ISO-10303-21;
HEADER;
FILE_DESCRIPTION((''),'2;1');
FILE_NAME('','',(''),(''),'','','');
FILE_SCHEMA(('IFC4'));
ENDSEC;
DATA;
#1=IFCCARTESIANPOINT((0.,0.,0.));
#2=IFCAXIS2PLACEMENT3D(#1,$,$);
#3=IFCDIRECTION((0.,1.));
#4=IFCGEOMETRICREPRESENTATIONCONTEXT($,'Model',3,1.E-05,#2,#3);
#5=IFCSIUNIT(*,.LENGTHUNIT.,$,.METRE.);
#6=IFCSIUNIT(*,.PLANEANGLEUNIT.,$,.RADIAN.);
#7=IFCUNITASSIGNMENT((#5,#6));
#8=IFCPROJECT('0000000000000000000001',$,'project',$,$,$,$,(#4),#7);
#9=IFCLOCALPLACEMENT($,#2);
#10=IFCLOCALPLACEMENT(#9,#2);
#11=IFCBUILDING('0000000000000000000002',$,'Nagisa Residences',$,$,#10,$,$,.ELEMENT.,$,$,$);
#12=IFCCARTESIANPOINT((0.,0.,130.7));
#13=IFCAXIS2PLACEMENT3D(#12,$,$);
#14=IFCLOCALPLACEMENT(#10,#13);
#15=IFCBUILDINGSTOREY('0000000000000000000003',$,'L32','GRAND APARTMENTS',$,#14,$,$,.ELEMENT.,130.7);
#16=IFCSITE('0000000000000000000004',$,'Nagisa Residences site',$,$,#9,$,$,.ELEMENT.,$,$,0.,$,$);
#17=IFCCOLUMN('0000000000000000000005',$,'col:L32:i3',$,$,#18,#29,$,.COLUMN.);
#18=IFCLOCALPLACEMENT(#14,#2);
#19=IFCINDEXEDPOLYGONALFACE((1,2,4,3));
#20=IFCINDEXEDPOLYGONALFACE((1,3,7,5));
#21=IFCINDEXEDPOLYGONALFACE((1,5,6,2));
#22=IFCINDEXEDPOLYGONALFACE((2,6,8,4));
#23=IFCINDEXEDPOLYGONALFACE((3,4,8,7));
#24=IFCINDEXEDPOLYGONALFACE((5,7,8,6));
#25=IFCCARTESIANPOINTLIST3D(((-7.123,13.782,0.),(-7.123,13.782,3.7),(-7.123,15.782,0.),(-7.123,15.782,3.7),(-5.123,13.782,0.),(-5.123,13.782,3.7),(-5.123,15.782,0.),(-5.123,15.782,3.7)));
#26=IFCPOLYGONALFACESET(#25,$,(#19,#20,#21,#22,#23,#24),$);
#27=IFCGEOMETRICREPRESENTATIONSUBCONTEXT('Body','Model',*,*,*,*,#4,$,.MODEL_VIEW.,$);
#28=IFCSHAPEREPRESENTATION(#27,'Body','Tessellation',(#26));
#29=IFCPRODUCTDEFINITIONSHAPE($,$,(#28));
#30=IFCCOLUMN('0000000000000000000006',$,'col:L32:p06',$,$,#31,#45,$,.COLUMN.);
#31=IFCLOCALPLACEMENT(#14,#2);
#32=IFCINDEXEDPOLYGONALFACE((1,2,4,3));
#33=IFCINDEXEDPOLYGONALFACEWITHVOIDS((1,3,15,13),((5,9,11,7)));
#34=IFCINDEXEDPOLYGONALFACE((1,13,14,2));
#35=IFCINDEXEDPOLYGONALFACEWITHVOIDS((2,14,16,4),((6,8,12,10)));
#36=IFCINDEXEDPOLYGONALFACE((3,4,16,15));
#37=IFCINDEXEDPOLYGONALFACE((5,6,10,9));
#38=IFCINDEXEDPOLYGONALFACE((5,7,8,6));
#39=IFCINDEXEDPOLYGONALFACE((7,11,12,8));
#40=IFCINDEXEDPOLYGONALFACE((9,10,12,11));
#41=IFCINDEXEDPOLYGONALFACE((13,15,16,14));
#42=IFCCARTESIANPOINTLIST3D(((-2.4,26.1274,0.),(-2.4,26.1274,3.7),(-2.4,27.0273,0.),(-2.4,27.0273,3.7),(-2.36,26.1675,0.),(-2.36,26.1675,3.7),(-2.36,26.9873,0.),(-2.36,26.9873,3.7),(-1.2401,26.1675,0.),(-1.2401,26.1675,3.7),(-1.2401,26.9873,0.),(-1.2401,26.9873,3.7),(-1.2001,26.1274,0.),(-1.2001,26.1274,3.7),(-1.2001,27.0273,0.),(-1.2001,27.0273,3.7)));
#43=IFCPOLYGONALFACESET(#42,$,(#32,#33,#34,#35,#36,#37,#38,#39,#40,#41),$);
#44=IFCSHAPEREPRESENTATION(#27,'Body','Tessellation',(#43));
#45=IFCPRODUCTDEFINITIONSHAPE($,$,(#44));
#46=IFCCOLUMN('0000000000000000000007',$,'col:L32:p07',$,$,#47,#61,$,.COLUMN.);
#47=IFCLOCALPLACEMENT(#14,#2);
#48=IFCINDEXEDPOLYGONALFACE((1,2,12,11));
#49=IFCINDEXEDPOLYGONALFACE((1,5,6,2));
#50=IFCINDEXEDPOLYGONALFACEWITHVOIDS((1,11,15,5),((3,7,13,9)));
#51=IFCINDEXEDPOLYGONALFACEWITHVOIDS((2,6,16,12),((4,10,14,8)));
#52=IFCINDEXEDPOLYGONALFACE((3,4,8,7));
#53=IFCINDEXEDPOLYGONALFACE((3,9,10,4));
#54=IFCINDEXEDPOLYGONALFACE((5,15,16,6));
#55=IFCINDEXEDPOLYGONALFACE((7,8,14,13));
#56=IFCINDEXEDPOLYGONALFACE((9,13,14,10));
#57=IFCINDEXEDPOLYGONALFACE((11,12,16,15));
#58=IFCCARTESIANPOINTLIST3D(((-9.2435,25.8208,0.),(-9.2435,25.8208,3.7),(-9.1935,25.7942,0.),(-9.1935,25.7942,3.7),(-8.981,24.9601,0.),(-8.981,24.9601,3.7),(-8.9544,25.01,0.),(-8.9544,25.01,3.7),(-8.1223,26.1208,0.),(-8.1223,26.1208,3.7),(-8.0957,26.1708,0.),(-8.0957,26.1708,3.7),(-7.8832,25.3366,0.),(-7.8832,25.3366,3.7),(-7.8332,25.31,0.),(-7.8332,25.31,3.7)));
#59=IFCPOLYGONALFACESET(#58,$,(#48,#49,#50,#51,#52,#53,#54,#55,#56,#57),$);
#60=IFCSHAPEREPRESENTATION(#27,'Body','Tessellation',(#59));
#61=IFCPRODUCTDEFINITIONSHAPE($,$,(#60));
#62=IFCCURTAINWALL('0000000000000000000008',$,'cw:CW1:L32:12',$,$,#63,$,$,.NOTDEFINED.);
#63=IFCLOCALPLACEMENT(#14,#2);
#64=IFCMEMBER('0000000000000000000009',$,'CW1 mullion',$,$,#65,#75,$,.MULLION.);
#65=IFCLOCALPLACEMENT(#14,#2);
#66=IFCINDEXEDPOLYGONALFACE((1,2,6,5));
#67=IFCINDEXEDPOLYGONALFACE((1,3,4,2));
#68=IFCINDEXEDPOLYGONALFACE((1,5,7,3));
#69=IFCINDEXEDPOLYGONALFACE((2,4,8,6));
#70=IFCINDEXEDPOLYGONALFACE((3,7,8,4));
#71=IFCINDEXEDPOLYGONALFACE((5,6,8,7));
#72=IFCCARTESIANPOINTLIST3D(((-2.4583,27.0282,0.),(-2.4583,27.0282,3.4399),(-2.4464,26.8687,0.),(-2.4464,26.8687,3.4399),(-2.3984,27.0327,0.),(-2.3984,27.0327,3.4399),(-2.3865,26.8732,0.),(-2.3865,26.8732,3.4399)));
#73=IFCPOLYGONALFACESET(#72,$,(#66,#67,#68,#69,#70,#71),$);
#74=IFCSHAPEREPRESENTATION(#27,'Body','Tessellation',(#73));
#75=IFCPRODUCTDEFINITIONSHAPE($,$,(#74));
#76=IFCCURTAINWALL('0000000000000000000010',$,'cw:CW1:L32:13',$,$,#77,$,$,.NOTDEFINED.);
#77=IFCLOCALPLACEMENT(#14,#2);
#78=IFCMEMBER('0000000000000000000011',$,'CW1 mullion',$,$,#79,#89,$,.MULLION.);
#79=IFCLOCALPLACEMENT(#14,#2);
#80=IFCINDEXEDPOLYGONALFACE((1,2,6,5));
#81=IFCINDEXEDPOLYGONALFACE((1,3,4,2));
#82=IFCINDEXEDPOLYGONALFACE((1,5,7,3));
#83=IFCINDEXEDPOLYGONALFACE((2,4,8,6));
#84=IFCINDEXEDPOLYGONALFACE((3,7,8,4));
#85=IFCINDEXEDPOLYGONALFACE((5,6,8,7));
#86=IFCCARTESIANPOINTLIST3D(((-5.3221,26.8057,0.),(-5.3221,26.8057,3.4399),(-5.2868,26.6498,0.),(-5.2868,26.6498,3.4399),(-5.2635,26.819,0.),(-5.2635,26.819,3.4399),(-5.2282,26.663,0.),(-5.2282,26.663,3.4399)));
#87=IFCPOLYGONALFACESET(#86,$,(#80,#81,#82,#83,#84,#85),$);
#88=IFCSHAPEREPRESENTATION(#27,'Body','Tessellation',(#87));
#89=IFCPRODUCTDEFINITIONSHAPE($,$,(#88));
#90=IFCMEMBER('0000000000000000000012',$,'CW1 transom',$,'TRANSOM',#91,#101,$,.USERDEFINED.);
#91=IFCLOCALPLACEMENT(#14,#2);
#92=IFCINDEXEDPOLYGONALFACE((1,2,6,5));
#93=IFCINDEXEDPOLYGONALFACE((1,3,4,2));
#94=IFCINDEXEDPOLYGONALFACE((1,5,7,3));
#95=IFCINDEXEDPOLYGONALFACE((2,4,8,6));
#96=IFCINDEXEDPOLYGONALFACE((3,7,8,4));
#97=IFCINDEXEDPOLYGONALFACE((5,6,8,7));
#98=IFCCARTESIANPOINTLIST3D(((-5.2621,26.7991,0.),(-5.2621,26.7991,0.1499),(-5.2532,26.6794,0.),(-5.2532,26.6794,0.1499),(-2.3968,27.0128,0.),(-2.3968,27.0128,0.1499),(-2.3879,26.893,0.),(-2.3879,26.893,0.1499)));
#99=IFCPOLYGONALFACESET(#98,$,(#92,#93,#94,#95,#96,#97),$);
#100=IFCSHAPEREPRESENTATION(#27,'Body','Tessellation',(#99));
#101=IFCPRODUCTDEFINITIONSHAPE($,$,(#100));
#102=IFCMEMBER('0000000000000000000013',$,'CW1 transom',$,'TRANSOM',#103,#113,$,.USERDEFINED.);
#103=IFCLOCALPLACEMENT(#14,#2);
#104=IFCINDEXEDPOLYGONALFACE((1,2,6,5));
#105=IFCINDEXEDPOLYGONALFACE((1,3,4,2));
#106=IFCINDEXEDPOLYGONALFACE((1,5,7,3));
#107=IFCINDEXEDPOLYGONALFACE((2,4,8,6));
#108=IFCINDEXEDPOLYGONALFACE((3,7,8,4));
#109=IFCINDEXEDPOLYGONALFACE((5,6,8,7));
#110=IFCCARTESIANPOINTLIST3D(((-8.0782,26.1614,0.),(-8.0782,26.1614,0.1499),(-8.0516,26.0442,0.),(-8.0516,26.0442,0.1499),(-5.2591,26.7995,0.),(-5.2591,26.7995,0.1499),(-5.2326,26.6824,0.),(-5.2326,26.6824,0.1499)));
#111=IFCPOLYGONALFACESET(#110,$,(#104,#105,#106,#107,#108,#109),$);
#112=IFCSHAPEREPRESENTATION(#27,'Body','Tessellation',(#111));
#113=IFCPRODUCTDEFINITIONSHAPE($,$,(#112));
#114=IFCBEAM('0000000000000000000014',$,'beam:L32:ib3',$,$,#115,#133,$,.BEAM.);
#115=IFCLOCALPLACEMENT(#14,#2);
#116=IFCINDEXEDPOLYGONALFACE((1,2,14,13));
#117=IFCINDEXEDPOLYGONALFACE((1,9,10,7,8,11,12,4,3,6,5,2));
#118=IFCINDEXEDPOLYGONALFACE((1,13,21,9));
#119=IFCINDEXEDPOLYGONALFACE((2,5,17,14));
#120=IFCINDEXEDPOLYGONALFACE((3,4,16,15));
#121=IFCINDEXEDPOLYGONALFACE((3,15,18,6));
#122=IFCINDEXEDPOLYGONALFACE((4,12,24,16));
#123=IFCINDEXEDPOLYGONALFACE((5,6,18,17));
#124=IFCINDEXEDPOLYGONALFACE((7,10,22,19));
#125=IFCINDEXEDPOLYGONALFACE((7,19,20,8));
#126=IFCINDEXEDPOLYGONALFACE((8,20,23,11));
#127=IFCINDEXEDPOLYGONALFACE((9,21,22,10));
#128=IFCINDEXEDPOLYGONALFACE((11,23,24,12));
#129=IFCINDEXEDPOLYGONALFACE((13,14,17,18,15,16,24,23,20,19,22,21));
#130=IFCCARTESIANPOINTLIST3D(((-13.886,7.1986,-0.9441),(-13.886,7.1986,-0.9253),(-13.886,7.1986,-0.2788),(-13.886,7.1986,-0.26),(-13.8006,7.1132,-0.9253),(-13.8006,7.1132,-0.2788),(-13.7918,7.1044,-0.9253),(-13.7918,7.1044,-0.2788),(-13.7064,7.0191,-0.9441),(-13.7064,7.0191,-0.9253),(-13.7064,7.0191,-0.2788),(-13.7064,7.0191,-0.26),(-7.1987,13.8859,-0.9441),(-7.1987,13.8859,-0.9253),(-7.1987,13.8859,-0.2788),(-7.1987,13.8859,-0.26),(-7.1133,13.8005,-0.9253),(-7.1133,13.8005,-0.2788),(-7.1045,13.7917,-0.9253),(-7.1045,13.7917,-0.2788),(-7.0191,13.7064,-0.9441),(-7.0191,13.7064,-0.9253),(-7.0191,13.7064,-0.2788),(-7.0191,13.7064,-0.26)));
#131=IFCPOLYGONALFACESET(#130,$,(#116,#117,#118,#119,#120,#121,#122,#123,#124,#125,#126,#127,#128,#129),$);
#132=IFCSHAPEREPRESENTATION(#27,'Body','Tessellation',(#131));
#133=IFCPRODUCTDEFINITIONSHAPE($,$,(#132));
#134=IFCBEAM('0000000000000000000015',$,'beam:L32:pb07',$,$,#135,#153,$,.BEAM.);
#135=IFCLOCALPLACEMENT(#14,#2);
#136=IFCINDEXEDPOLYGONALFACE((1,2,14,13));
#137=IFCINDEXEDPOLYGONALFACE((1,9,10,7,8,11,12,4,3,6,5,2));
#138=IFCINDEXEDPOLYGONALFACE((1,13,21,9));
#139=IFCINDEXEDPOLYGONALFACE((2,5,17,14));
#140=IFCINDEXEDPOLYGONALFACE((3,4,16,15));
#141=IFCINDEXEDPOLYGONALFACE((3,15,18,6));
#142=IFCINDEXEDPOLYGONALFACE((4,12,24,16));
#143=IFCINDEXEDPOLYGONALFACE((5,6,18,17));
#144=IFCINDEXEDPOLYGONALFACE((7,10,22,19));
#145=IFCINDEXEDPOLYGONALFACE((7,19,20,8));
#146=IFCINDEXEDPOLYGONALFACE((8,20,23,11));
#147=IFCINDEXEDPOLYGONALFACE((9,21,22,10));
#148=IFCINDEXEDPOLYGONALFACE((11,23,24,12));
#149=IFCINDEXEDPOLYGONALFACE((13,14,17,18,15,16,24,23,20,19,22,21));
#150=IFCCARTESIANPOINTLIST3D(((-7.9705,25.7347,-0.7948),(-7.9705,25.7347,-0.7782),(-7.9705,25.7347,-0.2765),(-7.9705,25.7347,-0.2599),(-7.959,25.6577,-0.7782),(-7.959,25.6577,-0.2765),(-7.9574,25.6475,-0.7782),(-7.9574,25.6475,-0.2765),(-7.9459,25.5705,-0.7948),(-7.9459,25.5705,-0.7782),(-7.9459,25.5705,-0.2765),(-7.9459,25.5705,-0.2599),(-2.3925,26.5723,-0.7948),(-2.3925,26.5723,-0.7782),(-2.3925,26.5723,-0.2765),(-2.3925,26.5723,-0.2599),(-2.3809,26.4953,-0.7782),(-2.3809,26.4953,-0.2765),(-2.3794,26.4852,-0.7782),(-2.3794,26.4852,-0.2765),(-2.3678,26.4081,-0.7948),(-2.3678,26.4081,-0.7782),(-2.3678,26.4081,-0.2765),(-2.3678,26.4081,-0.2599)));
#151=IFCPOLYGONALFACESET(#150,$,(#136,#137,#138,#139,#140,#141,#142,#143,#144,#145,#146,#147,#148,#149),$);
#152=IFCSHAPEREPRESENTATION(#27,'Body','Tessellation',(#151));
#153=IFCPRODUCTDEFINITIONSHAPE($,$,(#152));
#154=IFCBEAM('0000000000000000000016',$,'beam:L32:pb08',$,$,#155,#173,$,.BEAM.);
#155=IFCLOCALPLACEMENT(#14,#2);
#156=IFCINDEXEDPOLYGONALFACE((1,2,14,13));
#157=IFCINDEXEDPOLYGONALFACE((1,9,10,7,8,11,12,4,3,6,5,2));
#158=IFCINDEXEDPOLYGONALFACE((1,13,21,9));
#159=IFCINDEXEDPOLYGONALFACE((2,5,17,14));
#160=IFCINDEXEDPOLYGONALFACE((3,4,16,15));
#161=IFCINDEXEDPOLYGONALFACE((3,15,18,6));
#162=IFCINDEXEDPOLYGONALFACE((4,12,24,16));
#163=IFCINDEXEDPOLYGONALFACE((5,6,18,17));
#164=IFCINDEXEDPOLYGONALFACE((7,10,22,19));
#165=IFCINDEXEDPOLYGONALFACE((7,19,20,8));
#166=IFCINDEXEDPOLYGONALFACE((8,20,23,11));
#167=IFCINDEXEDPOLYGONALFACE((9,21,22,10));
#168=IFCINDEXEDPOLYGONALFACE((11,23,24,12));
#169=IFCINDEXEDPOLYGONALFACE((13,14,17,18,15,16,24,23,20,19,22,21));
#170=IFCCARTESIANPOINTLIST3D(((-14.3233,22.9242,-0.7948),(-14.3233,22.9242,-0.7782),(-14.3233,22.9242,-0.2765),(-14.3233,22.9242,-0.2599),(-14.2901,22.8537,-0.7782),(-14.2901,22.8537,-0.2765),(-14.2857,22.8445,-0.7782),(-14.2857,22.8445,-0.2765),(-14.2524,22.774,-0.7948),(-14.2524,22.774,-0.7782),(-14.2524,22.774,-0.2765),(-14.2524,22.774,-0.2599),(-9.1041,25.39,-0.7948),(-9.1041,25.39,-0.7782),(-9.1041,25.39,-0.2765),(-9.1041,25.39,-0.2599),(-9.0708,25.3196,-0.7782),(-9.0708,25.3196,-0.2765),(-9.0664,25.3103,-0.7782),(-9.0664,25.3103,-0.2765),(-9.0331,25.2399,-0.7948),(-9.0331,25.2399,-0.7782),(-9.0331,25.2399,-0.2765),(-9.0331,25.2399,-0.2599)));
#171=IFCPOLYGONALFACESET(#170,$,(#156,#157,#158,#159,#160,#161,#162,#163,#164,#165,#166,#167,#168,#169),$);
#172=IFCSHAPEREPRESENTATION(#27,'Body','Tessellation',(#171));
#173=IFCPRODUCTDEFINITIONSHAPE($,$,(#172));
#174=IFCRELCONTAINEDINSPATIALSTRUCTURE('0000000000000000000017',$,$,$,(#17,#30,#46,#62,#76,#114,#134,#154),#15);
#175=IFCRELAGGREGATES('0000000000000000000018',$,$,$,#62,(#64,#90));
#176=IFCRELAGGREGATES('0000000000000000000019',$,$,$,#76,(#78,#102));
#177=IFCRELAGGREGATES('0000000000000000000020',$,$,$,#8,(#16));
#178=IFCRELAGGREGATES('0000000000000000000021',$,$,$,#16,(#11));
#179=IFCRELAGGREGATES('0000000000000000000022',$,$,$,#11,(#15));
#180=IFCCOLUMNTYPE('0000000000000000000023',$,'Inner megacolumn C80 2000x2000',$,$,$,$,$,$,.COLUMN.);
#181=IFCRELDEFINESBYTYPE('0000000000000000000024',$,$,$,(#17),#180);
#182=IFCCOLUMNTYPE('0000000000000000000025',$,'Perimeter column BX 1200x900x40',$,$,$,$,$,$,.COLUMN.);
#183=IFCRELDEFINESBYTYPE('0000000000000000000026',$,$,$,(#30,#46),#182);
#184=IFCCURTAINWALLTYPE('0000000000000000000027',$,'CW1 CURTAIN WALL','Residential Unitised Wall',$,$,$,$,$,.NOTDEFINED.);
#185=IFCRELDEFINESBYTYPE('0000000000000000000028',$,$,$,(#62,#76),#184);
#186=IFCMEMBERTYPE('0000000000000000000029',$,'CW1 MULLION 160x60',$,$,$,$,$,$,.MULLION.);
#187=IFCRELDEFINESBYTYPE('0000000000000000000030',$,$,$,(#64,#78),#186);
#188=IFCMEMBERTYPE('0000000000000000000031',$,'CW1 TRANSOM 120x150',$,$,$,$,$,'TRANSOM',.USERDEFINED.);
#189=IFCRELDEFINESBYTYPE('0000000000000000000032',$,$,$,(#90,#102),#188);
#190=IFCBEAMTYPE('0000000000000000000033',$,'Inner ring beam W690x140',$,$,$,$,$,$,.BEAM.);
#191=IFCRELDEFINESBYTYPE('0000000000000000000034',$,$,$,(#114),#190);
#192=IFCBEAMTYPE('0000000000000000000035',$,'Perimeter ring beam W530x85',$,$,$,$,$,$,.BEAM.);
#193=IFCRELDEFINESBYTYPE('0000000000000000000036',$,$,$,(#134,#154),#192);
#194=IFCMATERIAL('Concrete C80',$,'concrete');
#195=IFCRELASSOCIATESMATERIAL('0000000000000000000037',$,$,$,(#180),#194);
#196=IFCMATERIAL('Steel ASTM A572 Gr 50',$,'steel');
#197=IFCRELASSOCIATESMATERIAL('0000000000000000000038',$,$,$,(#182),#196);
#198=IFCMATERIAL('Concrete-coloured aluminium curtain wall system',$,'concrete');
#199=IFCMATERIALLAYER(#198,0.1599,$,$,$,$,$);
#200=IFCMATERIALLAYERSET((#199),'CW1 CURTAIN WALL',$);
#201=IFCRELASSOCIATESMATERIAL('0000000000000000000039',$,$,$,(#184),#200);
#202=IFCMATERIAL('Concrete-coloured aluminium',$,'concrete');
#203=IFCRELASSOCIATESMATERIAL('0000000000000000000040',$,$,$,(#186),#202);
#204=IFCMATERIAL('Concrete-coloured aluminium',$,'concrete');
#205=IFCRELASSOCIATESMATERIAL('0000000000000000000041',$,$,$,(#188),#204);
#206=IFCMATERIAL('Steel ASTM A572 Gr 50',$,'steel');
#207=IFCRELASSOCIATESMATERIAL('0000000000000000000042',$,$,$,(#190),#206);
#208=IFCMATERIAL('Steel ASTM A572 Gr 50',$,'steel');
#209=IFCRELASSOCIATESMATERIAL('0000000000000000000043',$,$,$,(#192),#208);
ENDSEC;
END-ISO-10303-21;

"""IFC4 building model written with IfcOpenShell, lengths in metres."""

from ifc_helpers import new_model, si_unit, direction, frame, origin, origin_2d, place, context, subcontext, project, spatial, rectangle, hollow_rectangle, i_section, extrude, material, layer, layer_set, material_profile, profile_set, type_object, element, aggregate, save


model = new_model("IFC4")

# Units and contexts
model_context = context("Model", 3, precision=1e-05, world=origin(), true_north=direction((0.0, 1.0)))
body_context = subcontext(model_context, "Body", "Model", "MODEL_VIEW")
ifc_project = project(units=[si_unit("LENGTHUNIT", "METRE"), si_unit("PLANEANGLEUNIT", "RADIAN")], contexts=[model_context])

# Site, building, storey
site_placement = place(None, origin())
site = spatial("IfcSite", under=ifc_project, at=site_placement, Name="Nagisa Residences site", CompositionType="ELEMENT", RefElevation=0.0)
building_placement = place(site_placement, origin())
building = spatial("IfcBuilding", under=site, at=building_placement, Name="Nagisa Residences", CompositionType="ELEMENT")
storey_placement = place(building_placement, frame((0.0, 0.0, 130.7)))
storey = spatial("IfcBuildingStorey", under=building, at=storey_placement, Name="L32", Description="GRAND APARTMENTS", CompositionType="ELEMENT", Elevation=130.7)

# Columns
ifc_material_1 = material(Name="Concrete C80", Category="concrete")
ifc_material_profile_1 = material_profile(ifc_material_1, rectangle(XDim=2.0, YDim=2.0, at=origin_2d()), Name="C80 2000x2000")
ifc_profile_set_1 = profile_set([ifc_material_profile_1], Name="Concrete C80")
column_type_1 = type_object("IfcColumnType", Name="Inner megacolumn C80 2000x2000", PredefinedType="COLUMN", material=ifc_profile_set_1)
column_placement = place(storey_placement, frame((-6.123, 14.782, 0.0), z_axis=(0.0, 0.0, 1.0), x_axis=(1.0, 0.0, 0.0)))
element("IfcColumn", 1, at=column_placement, inside=storey, type_object=column_type_1, Name="col:L32:i3", PredefinedType="COLUMN", context=body_context, shape_type="SweptSolid", body=[
    extrude(rectangle(XDim=2.0, YDim=2.0, at=origin_2d()), origin(), (0.0, 0.0, 1.0), 3.7),
])
ifc_material_2 = material(Name="Steel ASTM A572 Gr 50", Category="steel")
ifc_material_profile_2 = material_profile(ifc_material_2, hollow_rectangle(XDim=1.2, YDim=0.8999, WallThickness=0.04, at=origin_2d()), Name="BX 1200x900x40")
ifc_profile_set_2 = profile_set([ifc_material_profile_2], Name="Steel ASTM A572 Gr 50")
column_type_2 = type_object("IfcColumnType", Name="Perimeter column BX 1200x900x40", PredefinedType="COLUMN", material=ifc_profile_set_2)
for number, where, z_axis, x_axis, name in (
    (2, (-1.8, 26.5774, 0.0), (0.0, 0.0, 1.0), (-1.0, 0.0, 0.0), "col:L32:p06"),
    (3, (-8.5383, 25.5654, 0.0), (0.0, 0.0, 1.0), (-0.956525, -0.291652, 0.0), "col:L32:p07"),
):
    element("IfcColumn", number, at=place(storey_placement, frame(where, z_axis=z_axis, x_axis=x_axis)), inside=storey, type_object=column_type_2, Name=name, PredefinedType="COLUMN", context=body_context, shape_type="SweptSolid", body=[
        extrude(hollow_rectangle(XDim=1.2, YDim=0.8999, WallThickness=0.04, at=origin_2d()), origin(), (0.0, 0.0, 1.0), 3.7),
    ])

# Curtain walls, members
ifc_material_3 = material(Name="Concrete-coloured aluminium curtain wall system", Category="concrete")
ifc_layer_1 = layer(ifc_material_3, 0.1599)
ifc_layer_set_1 = layer_set([ifc_layer_1], Name="CW1 CURTAIN WALL")
curtain_wall_type = type_object("IfcCurtainWallType", Name="CW1 CURTAIN WALL", Description="Residential Unitised Wall", PredefinedType="NOTDEFINED", material=ifc_layer_set_1)
curtain_wall_1_placement = place(storey_placement, origin())
curtain_wall_1 = element("IfcCurtainWall", 4, at=curtain_wall_1_placement, inside=storey, type_object=curtain_wall_type, Name="cw:CW1:L32:12", PredefinedType="NOTDEFINED")
ifc_material_4 = material(Name="Concrete-coloured aluminium", Category="concrete")
ifc_material_profile_3 = material_profile(ifc_material_4, rectangle(XDim=0.1599, YDim=0.0601, at=origin_2d()), Name="CW1 MULLION 160x60")
ifc_profile_set_3 = profile_set([ifc_material_profile_3], Name="Concrete-coloured aluminium")
member_type_1 = type_object("IfcMemberType", Name="CW1 MULLION 160x60", PredefinedType="MULLION", material=ifc_profile_set_3)
member_1_placement = place(storey_placement, frame((-2.4224, 26.9507, 0.0), z_axis=(0.0, 0.0, 1.0), x_axis=(0.074377, -0.99723, 0.0)))
member_1 = element("IfcMember", 5, at=member_1_placement, type_object=member_type_1, Name="CW1 mullion", PredefinedType="MULLION", context=body_context, shape_type="SweptSolid", body=[
    extrude(rectangle(XDim=0.1599, YDim=0.0601, at=origin_2d()), origin(), (0.0, 0.0, 1.0), 3.4399),
])
curtain_wall_2_placement = place(storey_placement, origin())
curtain_wall_2 = element("IfcCurtainWall", 6, at=curtain_wall_2_placement, inside=storey, type_object=curtain_wall_type, Name="cw:CW1:L32:13", PredefinedType="NOTDEFINED")
member_2_placement = place(storey_placement, frame((-5.2751, 26.7344, 0.0), z_axis=(0.0, 0.0, 1.0), x_axis=(0.220764, -0.975327, 0.0)))
member_2 = element("IfcMember", 7, at=member_2_placement, type_object=member_type_1, Name="CW1 mullion", PredefinedType="MULLION", context=body_context, shape_type="SweptSolid", body=[
    extrude(rectangle(XDim=0.1599, YDim=0.0601, at=origin_2d()), origin(), (0.0, 0.0, 1.0), 3.4399),
])

# Members
ifc_material_5 = material(Name="Concrete-coloured aluminium", Category="concrete")
ifc_material_profile_4 = material_profile(ifc_material_5, rectangle(XDim=0.1201, YDim=0.1499, at=origin_2d()), Name="CW1 TRANSOM 120x150")
ifc_profile_set_4 = profile_set([ifc_material_profile_4], Name="Concrete-coloured aluminium")
member_type_2 = type_object("IfcMemberType", Name="CW1 TRANSOM 120x150", ElementType="TRANSOM", PredefinedType="USERDEFINED", material=ifc_profile_set_4)
member_3_placement = place(storey_placement, frame((-2.3923, 26.9529, 0.075), z_axis=(-0.997232, -0.074351, 0.0), x_axis=(0.074351, -0.997232, 0.0)))
member_3 = element("IfcMember", 8, at=member_3_placement, type_object=member_type_2, Name="CW1 transom", ObjectType="TRANSOM", PredefinedType="USERDEFINED", context=body_context, shape_type="SweptSolid", body=[
    extrude(rectangle(XDim=0.1201, YDim=0.1499, at=origin_2d()), origin(), (0.0, 0.0, 1.0), 2.8733),
])
member_4_placement = place(storey_placement, frame((-5.2458, 26.741, 0.075), z_axis=(-0.975321, -0.220792, 0.0), x_axis=(0.220792, -0.975321, 0.0)))
member_4 = element("IfcMember", 9, at=member_4_placement, type_object=member_type_2, Name="CW1 transom", ObjectType="TRANSOM", PredefinedType="USERDEFINED", context=body_context, shape_type="SweptSolid", body=[
    extrude(rectangle(XDim=0.1201, YDim=0.1499, at=origin_2d()), origin(), (0.0, 0.0, 1.0), 2.8904),
])

# Beams
ifc_material_6 = material(Name="Steel ASTM A572 Gr 50", Category="steel")
ifc_material_profile_5 = material_profile(ifc_material_6, i_section(OverallWidth=0.2539, OverallDepth=0.6841, WebThickness=0.0125, FlangeThickness=0.0188, at=origin_2d()), Name="W690x140")
ifc_profile_set_5 = profile_set([ifc_material_profile_5], Name="Steel ASTM A572 Gr 50")
beam_type_1 = type_object("IfcBeamType", Name="Inner ring beam W690x140", PredefinedType="BEAM", material=ifc_profile_set_5)
beam_1_placement = place(storey_placement, frame((-7.1089, 13.7961, -0.6021), z_axis=(-0.707107, -0.707107, 0.0), x_axis=(0.707107, -0.707107, 0.0)))
element("IfcBeam", 10, at=beam_1_placement, inside=storey, type_object=beam_type_1, Name="beam:L32:ib3", PredefinedType="BEAM", context=body_context, shape_type="SweptSolid", body=[
    extrude(i_section(OverallWidth=0.2539, OverallDepth=0.6841, WebThickness=0.0125, FlangeThickness=0.0188, at=origin_2d()), origin(), (0.0, 0.0, 1.0), 9.4573),
])
ifc_material_7 = material(Name="Steel ASTM A572 Gr 50", Category="steel")
ifc_material_profile_6 = material_profile(ifc_material_7, i_section(OverallWidth=0.166, OverallDepth=0.5349, WebThickness=0.0103, FlangeThickness=0.0166, at=origin_2d()), Name="W530x85")
ifc_profile_set_6 = profile_set([ifc_material_profile_6], Name="Steel ASTM A572 Gr 50")
beam_type_2 = type_object("IfcBeamType", Name="Perimeter ring beam W530x85", PredefinedType="BEAM", material=ifc_profile_set_6)
beam_2_placement = place(storey_placement, frame((-2.3801, 26.4902, -0.5273), z_axis=(-0.988912, -0.148501, 0.0), x_axis=(0.148501, -0.988912, 0.0)))
element("IfcBeam", 11, at=beam_2_placement, inside=storey, type_object=beam_type_2, Name="beam:L32:pb07", PredefinedType="BEAM", context=body_context, shape_type="SweptSolid", body=[
    extrude(i_section(OverallWidth=0.166, OverallDepth=0.5349, WebThickness=0.0103, FlangeThickness=0.0166, at=origin_2d()), origin(), (0.0, 0.0, 1.0), 5.6406),
])
beam_3_placement = place(storey_placement, frame((-9.0686, 25.3149, -0.5273), z_axis=(-0.90417, -0.427173, 0.0), x_axis=(0.427173, -0.90417, 0.0)))
element("IfcBeam", 12, at=beam_3_placement, inside=storey, type_object=beam_type_2, Name="beam:L32:pb08", PredefinedType="BEAM", context=body_context, shape_type="SweptSolid", body=[
    extrude(i_section(OverallWidth=0.166, OverallDepth=0.5349, WebThickness=0.0103, FlangeThickness=0.0166, at=origin_2d()), origin(), (0.0, 0.0, 1.0), 5.7725),
])

aggregate(curtain_wall_1, [member_1, member_3])
aggregate(curtain_wall_2, [member_2, member_4])

save(model, "model.ifc")
